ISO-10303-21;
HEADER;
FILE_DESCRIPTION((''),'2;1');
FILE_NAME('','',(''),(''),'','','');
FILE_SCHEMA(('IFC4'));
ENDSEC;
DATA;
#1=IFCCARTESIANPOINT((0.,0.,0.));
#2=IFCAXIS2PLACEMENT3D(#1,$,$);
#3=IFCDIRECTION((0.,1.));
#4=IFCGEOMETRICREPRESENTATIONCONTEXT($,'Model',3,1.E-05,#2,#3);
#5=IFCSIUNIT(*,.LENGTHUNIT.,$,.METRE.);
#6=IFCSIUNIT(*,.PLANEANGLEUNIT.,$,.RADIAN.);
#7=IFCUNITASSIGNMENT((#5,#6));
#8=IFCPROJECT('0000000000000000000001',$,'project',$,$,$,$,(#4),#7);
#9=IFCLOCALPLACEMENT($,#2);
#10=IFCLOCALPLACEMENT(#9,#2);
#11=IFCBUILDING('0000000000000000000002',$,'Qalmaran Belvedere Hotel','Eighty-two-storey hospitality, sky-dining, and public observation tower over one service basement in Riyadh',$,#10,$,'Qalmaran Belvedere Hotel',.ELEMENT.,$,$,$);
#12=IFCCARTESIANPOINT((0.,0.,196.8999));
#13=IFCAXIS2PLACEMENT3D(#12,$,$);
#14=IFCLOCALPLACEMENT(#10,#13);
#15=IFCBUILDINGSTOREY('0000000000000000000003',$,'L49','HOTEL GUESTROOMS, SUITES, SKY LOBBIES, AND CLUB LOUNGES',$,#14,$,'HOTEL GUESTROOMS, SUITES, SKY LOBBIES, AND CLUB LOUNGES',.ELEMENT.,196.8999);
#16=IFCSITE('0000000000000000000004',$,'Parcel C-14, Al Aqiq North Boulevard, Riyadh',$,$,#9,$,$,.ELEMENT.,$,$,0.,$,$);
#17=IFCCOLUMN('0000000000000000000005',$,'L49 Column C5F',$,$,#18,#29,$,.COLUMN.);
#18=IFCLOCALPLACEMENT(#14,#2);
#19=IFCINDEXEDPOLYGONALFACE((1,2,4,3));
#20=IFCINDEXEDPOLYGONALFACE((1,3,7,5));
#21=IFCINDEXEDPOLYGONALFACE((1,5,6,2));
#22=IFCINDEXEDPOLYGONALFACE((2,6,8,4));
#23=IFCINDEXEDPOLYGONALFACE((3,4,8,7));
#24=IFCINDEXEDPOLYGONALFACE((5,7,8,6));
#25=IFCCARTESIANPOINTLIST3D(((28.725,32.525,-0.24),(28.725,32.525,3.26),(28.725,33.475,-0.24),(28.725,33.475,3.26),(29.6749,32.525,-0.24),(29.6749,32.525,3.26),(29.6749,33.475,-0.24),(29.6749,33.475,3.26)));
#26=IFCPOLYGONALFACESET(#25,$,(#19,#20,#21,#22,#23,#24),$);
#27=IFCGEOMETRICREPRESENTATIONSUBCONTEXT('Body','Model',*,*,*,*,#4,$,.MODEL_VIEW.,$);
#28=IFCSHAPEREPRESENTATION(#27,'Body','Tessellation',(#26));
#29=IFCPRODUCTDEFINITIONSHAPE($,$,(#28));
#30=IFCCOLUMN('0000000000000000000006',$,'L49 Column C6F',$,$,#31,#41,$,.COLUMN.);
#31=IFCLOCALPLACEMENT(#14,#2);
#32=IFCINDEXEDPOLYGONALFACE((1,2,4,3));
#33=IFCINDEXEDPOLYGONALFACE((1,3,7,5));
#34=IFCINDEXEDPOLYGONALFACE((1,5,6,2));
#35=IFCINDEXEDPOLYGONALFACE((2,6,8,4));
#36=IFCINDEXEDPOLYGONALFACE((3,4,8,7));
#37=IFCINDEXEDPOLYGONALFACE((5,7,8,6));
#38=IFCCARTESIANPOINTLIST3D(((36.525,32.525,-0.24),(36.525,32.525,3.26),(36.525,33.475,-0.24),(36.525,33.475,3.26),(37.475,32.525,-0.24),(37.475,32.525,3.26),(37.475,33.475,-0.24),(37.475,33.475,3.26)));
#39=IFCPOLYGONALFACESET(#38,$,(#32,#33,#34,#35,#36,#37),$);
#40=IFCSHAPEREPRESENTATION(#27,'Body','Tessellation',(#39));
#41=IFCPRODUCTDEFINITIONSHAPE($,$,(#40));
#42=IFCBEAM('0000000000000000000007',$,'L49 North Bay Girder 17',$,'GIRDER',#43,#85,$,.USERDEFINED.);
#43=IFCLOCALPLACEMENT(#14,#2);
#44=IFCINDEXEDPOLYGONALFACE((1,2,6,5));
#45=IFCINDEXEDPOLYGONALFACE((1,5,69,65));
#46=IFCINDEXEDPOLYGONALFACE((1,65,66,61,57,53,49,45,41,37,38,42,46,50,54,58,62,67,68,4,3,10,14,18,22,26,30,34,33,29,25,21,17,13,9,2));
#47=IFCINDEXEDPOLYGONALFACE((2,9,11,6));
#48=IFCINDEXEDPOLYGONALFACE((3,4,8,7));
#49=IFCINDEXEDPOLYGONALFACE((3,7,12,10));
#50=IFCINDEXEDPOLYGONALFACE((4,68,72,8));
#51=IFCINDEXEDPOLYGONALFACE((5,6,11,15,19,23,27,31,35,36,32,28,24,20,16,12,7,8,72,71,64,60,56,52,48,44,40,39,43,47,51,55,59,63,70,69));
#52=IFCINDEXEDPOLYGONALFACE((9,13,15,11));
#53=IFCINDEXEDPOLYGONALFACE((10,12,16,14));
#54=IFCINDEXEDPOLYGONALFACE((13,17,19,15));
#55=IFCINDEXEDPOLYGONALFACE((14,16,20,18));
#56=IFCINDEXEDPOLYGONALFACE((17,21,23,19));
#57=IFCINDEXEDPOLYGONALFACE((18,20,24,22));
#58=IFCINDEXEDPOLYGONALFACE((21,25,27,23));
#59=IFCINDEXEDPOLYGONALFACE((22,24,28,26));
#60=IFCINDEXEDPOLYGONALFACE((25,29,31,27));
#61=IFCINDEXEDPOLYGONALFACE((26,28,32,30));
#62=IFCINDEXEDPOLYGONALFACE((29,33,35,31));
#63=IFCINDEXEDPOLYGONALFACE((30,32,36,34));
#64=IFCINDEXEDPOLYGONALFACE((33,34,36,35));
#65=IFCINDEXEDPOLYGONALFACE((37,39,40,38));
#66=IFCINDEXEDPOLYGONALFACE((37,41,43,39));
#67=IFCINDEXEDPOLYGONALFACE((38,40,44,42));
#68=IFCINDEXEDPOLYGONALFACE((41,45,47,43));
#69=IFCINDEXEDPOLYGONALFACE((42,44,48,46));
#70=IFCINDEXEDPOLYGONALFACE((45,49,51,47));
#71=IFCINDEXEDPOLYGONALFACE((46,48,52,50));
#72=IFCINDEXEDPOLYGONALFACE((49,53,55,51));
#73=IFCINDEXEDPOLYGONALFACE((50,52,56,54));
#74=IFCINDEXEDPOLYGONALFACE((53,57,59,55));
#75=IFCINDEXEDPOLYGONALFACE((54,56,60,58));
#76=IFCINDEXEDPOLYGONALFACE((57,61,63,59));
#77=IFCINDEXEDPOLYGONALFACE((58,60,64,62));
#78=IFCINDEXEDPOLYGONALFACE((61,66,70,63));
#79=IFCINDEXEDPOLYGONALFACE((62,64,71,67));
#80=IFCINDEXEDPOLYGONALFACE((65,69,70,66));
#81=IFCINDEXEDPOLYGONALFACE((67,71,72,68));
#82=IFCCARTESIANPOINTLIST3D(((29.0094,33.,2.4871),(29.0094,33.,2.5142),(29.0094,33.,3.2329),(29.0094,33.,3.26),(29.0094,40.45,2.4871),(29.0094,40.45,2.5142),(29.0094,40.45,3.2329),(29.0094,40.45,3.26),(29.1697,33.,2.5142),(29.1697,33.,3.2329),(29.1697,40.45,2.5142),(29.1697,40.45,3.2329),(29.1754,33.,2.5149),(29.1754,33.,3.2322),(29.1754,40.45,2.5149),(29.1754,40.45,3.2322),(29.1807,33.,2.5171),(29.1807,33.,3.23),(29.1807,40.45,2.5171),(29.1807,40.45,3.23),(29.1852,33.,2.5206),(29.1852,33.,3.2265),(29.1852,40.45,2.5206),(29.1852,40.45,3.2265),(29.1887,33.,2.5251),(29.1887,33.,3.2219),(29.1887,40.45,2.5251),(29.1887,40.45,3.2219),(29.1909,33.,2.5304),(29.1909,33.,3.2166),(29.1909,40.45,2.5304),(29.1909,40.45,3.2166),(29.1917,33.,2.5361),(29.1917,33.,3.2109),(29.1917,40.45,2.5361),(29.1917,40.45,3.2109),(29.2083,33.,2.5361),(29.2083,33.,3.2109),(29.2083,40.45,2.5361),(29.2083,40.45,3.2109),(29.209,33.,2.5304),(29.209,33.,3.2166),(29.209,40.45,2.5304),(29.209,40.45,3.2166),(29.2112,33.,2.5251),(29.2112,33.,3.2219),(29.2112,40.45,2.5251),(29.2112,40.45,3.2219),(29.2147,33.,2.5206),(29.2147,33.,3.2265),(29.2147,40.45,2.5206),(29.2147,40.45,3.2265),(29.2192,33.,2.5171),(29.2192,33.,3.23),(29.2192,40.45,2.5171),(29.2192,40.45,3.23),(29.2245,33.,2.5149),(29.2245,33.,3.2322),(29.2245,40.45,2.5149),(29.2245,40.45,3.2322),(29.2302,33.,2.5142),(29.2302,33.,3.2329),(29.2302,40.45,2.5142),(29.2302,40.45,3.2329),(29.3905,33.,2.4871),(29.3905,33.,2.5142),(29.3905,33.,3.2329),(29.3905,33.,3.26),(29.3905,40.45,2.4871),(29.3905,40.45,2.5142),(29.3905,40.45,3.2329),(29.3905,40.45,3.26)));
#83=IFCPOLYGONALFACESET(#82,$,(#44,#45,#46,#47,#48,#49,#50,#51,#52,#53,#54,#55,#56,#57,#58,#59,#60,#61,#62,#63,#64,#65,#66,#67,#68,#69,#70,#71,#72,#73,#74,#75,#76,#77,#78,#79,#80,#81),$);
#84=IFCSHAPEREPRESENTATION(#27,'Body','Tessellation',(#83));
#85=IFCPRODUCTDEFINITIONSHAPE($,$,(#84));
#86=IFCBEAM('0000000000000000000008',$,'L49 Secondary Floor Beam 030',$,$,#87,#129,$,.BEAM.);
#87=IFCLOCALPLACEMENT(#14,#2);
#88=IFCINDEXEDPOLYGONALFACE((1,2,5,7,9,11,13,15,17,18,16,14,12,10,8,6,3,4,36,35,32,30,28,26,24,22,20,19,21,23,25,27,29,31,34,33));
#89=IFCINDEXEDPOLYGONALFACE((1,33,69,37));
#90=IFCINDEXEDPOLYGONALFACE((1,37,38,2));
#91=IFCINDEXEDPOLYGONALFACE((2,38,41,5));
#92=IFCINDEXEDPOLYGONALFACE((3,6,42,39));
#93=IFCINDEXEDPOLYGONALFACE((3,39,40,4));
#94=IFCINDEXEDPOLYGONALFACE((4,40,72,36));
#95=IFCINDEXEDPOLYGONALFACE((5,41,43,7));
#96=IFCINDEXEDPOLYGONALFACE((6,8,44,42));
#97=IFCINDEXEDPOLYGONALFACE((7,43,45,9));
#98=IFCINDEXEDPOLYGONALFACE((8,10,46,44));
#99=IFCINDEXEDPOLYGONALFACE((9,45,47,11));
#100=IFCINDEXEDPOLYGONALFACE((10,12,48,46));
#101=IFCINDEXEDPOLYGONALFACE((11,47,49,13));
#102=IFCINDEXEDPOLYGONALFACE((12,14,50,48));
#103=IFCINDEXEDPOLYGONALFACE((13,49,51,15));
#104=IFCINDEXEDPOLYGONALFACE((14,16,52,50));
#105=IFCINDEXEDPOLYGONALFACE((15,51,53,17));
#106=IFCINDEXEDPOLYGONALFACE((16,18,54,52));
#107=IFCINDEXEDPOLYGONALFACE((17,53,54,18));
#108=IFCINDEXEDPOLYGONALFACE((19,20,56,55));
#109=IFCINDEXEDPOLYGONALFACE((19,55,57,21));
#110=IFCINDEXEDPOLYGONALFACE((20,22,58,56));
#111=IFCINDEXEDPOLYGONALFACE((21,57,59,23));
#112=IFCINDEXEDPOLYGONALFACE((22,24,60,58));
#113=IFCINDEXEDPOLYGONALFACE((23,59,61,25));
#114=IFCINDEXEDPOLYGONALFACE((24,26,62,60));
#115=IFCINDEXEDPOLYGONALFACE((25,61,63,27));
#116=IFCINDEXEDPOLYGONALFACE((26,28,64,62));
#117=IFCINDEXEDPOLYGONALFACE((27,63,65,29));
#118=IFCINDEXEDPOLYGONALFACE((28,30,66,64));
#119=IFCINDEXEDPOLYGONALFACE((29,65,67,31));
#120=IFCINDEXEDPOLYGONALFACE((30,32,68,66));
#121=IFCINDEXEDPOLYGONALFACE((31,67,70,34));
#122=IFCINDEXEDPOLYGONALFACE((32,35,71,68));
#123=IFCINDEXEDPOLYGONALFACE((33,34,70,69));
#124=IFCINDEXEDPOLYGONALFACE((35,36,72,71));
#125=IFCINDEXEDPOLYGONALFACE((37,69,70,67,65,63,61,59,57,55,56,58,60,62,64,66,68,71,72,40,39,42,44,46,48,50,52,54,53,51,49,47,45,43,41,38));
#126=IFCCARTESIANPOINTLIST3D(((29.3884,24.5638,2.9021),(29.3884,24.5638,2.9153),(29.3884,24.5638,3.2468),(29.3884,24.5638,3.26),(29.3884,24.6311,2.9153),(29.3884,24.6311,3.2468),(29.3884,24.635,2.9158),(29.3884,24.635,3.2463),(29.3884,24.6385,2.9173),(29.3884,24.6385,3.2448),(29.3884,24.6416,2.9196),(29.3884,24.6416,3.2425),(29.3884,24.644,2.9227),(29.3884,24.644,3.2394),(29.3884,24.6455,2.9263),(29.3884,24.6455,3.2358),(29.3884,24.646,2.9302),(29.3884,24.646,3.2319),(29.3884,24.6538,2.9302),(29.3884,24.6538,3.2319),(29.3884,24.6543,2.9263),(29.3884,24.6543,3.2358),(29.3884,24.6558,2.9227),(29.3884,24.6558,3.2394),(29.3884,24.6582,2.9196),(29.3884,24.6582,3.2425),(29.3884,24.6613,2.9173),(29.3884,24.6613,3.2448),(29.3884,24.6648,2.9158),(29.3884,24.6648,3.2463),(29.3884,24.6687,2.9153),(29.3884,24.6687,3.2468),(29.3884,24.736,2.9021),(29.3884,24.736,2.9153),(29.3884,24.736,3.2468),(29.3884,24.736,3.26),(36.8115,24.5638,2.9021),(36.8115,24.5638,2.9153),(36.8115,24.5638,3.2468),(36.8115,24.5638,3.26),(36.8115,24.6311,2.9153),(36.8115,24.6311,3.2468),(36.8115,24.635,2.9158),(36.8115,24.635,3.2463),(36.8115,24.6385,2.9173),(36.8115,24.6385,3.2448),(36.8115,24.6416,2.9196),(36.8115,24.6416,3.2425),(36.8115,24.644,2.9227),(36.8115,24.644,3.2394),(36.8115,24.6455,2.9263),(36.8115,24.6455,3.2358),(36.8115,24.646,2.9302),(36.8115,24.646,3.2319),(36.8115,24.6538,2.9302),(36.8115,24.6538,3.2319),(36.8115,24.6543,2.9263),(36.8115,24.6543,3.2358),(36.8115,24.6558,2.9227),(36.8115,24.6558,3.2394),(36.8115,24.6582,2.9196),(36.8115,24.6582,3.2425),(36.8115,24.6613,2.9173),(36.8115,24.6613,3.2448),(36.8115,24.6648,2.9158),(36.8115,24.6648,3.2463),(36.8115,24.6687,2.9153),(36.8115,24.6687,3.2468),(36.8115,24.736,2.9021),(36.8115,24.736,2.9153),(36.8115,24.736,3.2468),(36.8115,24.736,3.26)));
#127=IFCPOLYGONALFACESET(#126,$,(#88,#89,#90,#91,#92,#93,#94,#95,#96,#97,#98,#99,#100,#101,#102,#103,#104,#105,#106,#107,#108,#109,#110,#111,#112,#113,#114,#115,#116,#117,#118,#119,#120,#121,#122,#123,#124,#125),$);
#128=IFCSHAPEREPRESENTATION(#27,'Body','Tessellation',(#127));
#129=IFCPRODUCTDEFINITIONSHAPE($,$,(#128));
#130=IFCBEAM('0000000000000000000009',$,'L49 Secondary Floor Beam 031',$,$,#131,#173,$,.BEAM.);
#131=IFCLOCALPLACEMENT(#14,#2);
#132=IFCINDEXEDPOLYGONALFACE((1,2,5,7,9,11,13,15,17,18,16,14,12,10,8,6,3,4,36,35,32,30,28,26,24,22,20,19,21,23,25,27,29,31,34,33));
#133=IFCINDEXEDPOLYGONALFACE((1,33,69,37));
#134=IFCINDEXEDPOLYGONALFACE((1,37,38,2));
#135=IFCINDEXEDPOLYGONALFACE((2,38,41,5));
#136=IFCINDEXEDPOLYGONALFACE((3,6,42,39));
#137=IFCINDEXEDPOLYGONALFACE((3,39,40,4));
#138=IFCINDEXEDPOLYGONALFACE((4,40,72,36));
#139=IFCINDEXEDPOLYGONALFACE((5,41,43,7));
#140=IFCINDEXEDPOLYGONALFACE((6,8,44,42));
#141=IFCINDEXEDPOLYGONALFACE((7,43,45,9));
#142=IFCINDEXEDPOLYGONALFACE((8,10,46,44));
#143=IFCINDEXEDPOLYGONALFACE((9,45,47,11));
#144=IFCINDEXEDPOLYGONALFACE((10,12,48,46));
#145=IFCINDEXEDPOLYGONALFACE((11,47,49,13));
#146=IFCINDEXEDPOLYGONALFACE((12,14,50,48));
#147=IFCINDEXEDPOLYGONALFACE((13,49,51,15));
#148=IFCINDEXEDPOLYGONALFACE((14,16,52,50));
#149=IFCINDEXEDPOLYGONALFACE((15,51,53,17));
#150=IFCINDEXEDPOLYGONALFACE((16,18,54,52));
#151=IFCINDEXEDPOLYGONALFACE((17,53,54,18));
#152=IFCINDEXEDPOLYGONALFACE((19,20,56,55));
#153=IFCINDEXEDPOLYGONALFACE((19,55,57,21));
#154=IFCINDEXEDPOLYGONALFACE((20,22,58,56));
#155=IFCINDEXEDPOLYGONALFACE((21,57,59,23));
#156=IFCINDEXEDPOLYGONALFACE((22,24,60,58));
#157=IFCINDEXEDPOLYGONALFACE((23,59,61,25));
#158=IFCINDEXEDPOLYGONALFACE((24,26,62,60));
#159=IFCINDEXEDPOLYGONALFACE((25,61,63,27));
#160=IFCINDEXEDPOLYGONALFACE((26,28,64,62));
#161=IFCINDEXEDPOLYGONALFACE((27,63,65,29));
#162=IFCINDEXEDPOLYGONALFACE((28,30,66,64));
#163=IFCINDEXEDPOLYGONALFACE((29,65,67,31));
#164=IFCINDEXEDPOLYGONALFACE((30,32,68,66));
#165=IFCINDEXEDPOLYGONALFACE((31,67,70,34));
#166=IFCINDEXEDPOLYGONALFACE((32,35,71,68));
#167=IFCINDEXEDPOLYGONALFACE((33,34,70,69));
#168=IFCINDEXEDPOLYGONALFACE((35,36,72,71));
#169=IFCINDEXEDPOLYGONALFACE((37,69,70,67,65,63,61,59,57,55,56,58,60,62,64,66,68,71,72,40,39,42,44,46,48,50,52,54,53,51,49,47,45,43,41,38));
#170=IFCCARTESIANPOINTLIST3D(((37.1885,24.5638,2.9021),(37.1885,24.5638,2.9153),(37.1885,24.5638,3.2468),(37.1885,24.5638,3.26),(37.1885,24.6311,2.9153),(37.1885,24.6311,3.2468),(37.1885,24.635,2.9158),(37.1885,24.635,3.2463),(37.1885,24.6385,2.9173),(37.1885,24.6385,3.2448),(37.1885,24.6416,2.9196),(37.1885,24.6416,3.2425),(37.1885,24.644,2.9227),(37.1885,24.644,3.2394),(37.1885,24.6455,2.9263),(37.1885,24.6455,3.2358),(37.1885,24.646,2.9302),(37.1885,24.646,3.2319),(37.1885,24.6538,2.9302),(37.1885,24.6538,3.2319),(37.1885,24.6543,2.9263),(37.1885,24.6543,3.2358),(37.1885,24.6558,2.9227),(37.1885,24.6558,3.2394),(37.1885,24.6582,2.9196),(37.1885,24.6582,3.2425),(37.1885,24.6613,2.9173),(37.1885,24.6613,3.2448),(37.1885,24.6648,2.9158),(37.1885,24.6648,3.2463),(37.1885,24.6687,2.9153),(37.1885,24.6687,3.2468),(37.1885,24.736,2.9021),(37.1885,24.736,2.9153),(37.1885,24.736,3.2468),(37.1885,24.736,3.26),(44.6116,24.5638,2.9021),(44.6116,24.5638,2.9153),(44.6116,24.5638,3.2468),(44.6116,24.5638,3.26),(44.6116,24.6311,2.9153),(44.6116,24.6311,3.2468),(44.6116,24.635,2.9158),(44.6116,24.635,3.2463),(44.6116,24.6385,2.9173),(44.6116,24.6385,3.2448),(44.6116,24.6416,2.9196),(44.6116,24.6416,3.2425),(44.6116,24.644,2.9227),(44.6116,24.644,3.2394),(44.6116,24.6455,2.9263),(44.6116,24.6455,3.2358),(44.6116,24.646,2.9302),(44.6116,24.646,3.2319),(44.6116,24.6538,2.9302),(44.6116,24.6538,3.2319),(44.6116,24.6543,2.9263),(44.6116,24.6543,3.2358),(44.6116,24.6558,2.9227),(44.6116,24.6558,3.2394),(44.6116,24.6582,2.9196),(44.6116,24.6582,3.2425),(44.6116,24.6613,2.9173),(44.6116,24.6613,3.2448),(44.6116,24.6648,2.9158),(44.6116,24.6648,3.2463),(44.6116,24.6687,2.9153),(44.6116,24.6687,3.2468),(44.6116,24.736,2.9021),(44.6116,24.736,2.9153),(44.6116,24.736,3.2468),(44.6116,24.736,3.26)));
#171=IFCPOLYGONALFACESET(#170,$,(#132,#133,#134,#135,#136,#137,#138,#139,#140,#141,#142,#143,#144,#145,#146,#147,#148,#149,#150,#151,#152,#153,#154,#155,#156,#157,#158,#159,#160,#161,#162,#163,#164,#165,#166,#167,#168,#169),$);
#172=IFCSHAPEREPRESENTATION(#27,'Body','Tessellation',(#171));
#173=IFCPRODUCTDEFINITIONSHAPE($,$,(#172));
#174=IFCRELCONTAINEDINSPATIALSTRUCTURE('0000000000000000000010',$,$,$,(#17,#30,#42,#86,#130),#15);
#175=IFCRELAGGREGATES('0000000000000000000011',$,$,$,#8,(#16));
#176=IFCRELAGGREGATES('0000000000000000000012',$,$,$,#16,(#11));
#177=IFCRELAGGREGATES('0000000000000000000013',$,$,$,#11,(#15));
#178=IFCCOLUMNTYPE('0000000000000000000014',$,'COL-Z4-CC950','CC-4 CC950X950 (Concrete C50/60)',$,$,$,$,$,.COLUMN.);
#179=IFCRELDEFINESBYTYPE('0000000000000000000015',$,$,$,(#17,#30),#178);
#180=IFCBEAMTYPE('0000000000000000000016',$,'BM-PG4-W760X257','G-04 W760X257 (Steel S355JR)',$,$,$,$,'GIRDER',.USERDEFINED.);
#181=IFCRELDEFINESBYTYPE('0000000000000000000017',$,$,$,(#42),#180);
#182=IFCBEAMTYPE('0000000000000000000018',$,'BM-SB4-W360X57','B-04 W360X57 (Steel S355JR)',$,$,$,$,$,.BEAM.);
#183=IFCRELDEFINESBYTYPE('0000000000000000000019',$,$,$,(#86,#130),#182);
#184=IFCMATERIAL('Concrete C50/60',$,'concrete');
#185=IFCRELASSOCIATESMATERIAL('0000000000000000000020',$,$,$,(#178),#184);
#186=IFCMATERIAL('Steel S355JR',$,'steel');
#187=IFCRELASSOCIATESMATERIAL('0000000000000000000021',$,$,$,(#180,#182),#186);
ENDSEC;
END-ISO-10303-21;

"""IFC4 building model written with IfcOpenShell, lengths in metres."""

from ifc_helpers import new_model, si_unit, direction, frame, origin, origin_2d, place, context, subcontext, project, spatial, rectangle, i_section, extrude, material, material_profile, profile_set, type_object, element, save


model = new_model("IFC4")

# Units and contexts
model_context = context("Model", 3, precision=1e-05, world=origin(), true_north=direction((0.0, 1.0)))
body_context = subcontext(model_context, "Body", "Model", "MODEL_VIEW")
ifc_project = project(units=[si_unit("LENGTHUNIT", "METRE"), si_unit("PLANEANGLEUNIT", "RADIAN")], contexts=[model_context])

# Site, building, storey
site_placement = place(None, origin())
site = spatial("IfcSite", under=ifc_project, at=site_placement, Name="Parcel C-14, Al Aqiq North Boulevard, Riyadh", CompositionType="ELEMENT", RefElevation=0.0)
building_placement = place(site_placement, origin())
building = spatial("IfcBuilding", under=site, at=building_placement, Name="Qalmaran Belvedere Hotel", Description="Eighty-two-storey hospitality, sky-dining, and public observation tower over one service basement in Riyadh", LongName="Qalmaran Belvedere Hotel", CompositionType="ELEMENT")
storey_placement = place(building_placement, frame((0.0, 0.0, 196.8999)))
storey = spatial("IfcBuildingStorey", under=building, at=storey_placement, Name="L49", Description="HOTEL GUESTROOMS, SUITES, SKY LOBBIES, AND CLUB LOUNGES", LongName="HOTEL GUESTROOMS, SUITES, SKY LOBBIES, AND CLUB LOUNGES", CompositionType="ELEMENT", Elevation=196.8999)

# Columns
ifc_material_1 = material(Name="Concrete C50/60", Category="concrete")
ifc_material_profile_1 = material_profile(ifc_material_1, rectangle(XDim=0.95, YDim=0.95, at=origin_2d()), Name="CC950X950")
ifc_profile_set_1 = profile_set([ifc_material_profile_1], Name="Concrete C50/60")
column_type = type_object("IfcColumnType", Name="COL-Z4-CC950", Description="CC-4 CC950X950 (Concrete C50/60)", PredefinedType="COLUMN", material=ifc_profile_set_1)
for number, where, z_axis, x_axis, name in (
    (1, (29.2, 33.0, -0.24), (0.0, 0.0, 1.0), (1.0, 0.0, 0.0), "L49 Column C5F"),
    (2, (37.0, 33.0, -0.24), (0.0, 0.0, 1.0), (1.0, 0.0, 0.0), "L49 Column C6F"),
):
    element("IfcColumn", number, at=place(storey_placement, frame(where, z_axis=z_axis, x_axis=x_axis)), inside=storey, type_object=column_type, Name=name, PredefinedType="COLUMN", context=body_context, shape_type="SweptSolid", body=[
        extrude(rectangle(XDim=0.95, YDim=0.95, at=origin_2d()), origin(), (0.0, 0.0, 1.0), 3.5),
    ])

# Beams
ifc_material_2 = material(Name="Steel S355JR", Category="steel")
ifc_material_profile_2 = material_profile(ifc_material_2, i_section(OverallWidth=0.3811, OverallDepth=0.7729, WebThickness=0.0166, FlangeThickness=0.0271, FilletRadius=0.022, at=origin_2d()), Name="W760X257")
ifc_profile_set_2 = profile_set([ifc_material_profile_2], Name="Steel S355JR")
beam_type_1 = type_object("IfcBeamType", Name="BM-PG4-W760X257", Description="G-04 W760X257 (Steel S355JR)", ElementType="GIRDER", PredefinedType="USERDEFINED", material=ifc_profile_set_2)
beam_placement = place(storey_placement, frame((29.2, 33.0, 2.8735), z_axis=(0.0, 1.0, 0.0), x_axis=(-1.0, 0.0, 0.0)))
element("IfcBeam", 3, at=beam_placement, inside=storey, type_object=beam_type_1, Name="L49 North Bay Girder 17", ObjectType="GIRDER", PredefinedType="USERDEFINED", context=body_context, shape_type="SweptSolid", body=[
    extrude(i_section(OverallWidth=0.3811, OverallDepth=0.7729, WebThickness=0.0166, FlangeThickness=0.0271, FilletRadius=0.022, at=origin_2d()), origin(), (0.0, 0.0, 1.0), 7.45),
])
ifc_material_profile_3 = material_profile(ifc_material_2, i_section(OverallWidth=0.1721, OverallDepth=0.3579, WebThickness=0.0078, FlangeThickness=0.0132, FilletRadius=0.0149, at=origin_2d()), Name="W360X57")
ifc_profile_set_3 = profile_set([ifc_material_profile_3], Name="Steel S355JR")
beam_type_2 = type_object("IfcBeamType", Name="BM-SB4-W360X57", Description="B-04 W360X57 (Steel S355JR)", PredefinedType="BEAM", material=ifc_profile_set_3)
for number, where, z_axis, x_axis, name in (
    (4, (29.3884, 24.6499, 3.0811), (1.0, 0.0, 0.0), (0.0, 1.0, 0.0), "L49 Secondary Floor Beam 030"),
    (5, (37.1885, 24.6499, 3.0811), (1.0, 0.0, 0.0), (0.0, 1.0, 0.0), "L49 Secondary Floor Beam 031"),
):
    element("IfcBeam", number, at=place(storey_placement, frame(where, z_axis=z_axis, x_axis=x_axis)), inside=storey, type_object=beam_type_2, Name=name, PredefinedType="BEAM", context=body_context, shape_type="SweptSolid", body=[
        extrude(i_section(OverallWidth=0.1721, OverallDepth=0.3579, WebThickness=0.0078, FlangeThickness=0.0132, FilletRadius=0.0149, at=origin_2d()), origin(), (0.0, 0.0, 1.0), 7.4231),
    ])

save(model, "model.ifc")
